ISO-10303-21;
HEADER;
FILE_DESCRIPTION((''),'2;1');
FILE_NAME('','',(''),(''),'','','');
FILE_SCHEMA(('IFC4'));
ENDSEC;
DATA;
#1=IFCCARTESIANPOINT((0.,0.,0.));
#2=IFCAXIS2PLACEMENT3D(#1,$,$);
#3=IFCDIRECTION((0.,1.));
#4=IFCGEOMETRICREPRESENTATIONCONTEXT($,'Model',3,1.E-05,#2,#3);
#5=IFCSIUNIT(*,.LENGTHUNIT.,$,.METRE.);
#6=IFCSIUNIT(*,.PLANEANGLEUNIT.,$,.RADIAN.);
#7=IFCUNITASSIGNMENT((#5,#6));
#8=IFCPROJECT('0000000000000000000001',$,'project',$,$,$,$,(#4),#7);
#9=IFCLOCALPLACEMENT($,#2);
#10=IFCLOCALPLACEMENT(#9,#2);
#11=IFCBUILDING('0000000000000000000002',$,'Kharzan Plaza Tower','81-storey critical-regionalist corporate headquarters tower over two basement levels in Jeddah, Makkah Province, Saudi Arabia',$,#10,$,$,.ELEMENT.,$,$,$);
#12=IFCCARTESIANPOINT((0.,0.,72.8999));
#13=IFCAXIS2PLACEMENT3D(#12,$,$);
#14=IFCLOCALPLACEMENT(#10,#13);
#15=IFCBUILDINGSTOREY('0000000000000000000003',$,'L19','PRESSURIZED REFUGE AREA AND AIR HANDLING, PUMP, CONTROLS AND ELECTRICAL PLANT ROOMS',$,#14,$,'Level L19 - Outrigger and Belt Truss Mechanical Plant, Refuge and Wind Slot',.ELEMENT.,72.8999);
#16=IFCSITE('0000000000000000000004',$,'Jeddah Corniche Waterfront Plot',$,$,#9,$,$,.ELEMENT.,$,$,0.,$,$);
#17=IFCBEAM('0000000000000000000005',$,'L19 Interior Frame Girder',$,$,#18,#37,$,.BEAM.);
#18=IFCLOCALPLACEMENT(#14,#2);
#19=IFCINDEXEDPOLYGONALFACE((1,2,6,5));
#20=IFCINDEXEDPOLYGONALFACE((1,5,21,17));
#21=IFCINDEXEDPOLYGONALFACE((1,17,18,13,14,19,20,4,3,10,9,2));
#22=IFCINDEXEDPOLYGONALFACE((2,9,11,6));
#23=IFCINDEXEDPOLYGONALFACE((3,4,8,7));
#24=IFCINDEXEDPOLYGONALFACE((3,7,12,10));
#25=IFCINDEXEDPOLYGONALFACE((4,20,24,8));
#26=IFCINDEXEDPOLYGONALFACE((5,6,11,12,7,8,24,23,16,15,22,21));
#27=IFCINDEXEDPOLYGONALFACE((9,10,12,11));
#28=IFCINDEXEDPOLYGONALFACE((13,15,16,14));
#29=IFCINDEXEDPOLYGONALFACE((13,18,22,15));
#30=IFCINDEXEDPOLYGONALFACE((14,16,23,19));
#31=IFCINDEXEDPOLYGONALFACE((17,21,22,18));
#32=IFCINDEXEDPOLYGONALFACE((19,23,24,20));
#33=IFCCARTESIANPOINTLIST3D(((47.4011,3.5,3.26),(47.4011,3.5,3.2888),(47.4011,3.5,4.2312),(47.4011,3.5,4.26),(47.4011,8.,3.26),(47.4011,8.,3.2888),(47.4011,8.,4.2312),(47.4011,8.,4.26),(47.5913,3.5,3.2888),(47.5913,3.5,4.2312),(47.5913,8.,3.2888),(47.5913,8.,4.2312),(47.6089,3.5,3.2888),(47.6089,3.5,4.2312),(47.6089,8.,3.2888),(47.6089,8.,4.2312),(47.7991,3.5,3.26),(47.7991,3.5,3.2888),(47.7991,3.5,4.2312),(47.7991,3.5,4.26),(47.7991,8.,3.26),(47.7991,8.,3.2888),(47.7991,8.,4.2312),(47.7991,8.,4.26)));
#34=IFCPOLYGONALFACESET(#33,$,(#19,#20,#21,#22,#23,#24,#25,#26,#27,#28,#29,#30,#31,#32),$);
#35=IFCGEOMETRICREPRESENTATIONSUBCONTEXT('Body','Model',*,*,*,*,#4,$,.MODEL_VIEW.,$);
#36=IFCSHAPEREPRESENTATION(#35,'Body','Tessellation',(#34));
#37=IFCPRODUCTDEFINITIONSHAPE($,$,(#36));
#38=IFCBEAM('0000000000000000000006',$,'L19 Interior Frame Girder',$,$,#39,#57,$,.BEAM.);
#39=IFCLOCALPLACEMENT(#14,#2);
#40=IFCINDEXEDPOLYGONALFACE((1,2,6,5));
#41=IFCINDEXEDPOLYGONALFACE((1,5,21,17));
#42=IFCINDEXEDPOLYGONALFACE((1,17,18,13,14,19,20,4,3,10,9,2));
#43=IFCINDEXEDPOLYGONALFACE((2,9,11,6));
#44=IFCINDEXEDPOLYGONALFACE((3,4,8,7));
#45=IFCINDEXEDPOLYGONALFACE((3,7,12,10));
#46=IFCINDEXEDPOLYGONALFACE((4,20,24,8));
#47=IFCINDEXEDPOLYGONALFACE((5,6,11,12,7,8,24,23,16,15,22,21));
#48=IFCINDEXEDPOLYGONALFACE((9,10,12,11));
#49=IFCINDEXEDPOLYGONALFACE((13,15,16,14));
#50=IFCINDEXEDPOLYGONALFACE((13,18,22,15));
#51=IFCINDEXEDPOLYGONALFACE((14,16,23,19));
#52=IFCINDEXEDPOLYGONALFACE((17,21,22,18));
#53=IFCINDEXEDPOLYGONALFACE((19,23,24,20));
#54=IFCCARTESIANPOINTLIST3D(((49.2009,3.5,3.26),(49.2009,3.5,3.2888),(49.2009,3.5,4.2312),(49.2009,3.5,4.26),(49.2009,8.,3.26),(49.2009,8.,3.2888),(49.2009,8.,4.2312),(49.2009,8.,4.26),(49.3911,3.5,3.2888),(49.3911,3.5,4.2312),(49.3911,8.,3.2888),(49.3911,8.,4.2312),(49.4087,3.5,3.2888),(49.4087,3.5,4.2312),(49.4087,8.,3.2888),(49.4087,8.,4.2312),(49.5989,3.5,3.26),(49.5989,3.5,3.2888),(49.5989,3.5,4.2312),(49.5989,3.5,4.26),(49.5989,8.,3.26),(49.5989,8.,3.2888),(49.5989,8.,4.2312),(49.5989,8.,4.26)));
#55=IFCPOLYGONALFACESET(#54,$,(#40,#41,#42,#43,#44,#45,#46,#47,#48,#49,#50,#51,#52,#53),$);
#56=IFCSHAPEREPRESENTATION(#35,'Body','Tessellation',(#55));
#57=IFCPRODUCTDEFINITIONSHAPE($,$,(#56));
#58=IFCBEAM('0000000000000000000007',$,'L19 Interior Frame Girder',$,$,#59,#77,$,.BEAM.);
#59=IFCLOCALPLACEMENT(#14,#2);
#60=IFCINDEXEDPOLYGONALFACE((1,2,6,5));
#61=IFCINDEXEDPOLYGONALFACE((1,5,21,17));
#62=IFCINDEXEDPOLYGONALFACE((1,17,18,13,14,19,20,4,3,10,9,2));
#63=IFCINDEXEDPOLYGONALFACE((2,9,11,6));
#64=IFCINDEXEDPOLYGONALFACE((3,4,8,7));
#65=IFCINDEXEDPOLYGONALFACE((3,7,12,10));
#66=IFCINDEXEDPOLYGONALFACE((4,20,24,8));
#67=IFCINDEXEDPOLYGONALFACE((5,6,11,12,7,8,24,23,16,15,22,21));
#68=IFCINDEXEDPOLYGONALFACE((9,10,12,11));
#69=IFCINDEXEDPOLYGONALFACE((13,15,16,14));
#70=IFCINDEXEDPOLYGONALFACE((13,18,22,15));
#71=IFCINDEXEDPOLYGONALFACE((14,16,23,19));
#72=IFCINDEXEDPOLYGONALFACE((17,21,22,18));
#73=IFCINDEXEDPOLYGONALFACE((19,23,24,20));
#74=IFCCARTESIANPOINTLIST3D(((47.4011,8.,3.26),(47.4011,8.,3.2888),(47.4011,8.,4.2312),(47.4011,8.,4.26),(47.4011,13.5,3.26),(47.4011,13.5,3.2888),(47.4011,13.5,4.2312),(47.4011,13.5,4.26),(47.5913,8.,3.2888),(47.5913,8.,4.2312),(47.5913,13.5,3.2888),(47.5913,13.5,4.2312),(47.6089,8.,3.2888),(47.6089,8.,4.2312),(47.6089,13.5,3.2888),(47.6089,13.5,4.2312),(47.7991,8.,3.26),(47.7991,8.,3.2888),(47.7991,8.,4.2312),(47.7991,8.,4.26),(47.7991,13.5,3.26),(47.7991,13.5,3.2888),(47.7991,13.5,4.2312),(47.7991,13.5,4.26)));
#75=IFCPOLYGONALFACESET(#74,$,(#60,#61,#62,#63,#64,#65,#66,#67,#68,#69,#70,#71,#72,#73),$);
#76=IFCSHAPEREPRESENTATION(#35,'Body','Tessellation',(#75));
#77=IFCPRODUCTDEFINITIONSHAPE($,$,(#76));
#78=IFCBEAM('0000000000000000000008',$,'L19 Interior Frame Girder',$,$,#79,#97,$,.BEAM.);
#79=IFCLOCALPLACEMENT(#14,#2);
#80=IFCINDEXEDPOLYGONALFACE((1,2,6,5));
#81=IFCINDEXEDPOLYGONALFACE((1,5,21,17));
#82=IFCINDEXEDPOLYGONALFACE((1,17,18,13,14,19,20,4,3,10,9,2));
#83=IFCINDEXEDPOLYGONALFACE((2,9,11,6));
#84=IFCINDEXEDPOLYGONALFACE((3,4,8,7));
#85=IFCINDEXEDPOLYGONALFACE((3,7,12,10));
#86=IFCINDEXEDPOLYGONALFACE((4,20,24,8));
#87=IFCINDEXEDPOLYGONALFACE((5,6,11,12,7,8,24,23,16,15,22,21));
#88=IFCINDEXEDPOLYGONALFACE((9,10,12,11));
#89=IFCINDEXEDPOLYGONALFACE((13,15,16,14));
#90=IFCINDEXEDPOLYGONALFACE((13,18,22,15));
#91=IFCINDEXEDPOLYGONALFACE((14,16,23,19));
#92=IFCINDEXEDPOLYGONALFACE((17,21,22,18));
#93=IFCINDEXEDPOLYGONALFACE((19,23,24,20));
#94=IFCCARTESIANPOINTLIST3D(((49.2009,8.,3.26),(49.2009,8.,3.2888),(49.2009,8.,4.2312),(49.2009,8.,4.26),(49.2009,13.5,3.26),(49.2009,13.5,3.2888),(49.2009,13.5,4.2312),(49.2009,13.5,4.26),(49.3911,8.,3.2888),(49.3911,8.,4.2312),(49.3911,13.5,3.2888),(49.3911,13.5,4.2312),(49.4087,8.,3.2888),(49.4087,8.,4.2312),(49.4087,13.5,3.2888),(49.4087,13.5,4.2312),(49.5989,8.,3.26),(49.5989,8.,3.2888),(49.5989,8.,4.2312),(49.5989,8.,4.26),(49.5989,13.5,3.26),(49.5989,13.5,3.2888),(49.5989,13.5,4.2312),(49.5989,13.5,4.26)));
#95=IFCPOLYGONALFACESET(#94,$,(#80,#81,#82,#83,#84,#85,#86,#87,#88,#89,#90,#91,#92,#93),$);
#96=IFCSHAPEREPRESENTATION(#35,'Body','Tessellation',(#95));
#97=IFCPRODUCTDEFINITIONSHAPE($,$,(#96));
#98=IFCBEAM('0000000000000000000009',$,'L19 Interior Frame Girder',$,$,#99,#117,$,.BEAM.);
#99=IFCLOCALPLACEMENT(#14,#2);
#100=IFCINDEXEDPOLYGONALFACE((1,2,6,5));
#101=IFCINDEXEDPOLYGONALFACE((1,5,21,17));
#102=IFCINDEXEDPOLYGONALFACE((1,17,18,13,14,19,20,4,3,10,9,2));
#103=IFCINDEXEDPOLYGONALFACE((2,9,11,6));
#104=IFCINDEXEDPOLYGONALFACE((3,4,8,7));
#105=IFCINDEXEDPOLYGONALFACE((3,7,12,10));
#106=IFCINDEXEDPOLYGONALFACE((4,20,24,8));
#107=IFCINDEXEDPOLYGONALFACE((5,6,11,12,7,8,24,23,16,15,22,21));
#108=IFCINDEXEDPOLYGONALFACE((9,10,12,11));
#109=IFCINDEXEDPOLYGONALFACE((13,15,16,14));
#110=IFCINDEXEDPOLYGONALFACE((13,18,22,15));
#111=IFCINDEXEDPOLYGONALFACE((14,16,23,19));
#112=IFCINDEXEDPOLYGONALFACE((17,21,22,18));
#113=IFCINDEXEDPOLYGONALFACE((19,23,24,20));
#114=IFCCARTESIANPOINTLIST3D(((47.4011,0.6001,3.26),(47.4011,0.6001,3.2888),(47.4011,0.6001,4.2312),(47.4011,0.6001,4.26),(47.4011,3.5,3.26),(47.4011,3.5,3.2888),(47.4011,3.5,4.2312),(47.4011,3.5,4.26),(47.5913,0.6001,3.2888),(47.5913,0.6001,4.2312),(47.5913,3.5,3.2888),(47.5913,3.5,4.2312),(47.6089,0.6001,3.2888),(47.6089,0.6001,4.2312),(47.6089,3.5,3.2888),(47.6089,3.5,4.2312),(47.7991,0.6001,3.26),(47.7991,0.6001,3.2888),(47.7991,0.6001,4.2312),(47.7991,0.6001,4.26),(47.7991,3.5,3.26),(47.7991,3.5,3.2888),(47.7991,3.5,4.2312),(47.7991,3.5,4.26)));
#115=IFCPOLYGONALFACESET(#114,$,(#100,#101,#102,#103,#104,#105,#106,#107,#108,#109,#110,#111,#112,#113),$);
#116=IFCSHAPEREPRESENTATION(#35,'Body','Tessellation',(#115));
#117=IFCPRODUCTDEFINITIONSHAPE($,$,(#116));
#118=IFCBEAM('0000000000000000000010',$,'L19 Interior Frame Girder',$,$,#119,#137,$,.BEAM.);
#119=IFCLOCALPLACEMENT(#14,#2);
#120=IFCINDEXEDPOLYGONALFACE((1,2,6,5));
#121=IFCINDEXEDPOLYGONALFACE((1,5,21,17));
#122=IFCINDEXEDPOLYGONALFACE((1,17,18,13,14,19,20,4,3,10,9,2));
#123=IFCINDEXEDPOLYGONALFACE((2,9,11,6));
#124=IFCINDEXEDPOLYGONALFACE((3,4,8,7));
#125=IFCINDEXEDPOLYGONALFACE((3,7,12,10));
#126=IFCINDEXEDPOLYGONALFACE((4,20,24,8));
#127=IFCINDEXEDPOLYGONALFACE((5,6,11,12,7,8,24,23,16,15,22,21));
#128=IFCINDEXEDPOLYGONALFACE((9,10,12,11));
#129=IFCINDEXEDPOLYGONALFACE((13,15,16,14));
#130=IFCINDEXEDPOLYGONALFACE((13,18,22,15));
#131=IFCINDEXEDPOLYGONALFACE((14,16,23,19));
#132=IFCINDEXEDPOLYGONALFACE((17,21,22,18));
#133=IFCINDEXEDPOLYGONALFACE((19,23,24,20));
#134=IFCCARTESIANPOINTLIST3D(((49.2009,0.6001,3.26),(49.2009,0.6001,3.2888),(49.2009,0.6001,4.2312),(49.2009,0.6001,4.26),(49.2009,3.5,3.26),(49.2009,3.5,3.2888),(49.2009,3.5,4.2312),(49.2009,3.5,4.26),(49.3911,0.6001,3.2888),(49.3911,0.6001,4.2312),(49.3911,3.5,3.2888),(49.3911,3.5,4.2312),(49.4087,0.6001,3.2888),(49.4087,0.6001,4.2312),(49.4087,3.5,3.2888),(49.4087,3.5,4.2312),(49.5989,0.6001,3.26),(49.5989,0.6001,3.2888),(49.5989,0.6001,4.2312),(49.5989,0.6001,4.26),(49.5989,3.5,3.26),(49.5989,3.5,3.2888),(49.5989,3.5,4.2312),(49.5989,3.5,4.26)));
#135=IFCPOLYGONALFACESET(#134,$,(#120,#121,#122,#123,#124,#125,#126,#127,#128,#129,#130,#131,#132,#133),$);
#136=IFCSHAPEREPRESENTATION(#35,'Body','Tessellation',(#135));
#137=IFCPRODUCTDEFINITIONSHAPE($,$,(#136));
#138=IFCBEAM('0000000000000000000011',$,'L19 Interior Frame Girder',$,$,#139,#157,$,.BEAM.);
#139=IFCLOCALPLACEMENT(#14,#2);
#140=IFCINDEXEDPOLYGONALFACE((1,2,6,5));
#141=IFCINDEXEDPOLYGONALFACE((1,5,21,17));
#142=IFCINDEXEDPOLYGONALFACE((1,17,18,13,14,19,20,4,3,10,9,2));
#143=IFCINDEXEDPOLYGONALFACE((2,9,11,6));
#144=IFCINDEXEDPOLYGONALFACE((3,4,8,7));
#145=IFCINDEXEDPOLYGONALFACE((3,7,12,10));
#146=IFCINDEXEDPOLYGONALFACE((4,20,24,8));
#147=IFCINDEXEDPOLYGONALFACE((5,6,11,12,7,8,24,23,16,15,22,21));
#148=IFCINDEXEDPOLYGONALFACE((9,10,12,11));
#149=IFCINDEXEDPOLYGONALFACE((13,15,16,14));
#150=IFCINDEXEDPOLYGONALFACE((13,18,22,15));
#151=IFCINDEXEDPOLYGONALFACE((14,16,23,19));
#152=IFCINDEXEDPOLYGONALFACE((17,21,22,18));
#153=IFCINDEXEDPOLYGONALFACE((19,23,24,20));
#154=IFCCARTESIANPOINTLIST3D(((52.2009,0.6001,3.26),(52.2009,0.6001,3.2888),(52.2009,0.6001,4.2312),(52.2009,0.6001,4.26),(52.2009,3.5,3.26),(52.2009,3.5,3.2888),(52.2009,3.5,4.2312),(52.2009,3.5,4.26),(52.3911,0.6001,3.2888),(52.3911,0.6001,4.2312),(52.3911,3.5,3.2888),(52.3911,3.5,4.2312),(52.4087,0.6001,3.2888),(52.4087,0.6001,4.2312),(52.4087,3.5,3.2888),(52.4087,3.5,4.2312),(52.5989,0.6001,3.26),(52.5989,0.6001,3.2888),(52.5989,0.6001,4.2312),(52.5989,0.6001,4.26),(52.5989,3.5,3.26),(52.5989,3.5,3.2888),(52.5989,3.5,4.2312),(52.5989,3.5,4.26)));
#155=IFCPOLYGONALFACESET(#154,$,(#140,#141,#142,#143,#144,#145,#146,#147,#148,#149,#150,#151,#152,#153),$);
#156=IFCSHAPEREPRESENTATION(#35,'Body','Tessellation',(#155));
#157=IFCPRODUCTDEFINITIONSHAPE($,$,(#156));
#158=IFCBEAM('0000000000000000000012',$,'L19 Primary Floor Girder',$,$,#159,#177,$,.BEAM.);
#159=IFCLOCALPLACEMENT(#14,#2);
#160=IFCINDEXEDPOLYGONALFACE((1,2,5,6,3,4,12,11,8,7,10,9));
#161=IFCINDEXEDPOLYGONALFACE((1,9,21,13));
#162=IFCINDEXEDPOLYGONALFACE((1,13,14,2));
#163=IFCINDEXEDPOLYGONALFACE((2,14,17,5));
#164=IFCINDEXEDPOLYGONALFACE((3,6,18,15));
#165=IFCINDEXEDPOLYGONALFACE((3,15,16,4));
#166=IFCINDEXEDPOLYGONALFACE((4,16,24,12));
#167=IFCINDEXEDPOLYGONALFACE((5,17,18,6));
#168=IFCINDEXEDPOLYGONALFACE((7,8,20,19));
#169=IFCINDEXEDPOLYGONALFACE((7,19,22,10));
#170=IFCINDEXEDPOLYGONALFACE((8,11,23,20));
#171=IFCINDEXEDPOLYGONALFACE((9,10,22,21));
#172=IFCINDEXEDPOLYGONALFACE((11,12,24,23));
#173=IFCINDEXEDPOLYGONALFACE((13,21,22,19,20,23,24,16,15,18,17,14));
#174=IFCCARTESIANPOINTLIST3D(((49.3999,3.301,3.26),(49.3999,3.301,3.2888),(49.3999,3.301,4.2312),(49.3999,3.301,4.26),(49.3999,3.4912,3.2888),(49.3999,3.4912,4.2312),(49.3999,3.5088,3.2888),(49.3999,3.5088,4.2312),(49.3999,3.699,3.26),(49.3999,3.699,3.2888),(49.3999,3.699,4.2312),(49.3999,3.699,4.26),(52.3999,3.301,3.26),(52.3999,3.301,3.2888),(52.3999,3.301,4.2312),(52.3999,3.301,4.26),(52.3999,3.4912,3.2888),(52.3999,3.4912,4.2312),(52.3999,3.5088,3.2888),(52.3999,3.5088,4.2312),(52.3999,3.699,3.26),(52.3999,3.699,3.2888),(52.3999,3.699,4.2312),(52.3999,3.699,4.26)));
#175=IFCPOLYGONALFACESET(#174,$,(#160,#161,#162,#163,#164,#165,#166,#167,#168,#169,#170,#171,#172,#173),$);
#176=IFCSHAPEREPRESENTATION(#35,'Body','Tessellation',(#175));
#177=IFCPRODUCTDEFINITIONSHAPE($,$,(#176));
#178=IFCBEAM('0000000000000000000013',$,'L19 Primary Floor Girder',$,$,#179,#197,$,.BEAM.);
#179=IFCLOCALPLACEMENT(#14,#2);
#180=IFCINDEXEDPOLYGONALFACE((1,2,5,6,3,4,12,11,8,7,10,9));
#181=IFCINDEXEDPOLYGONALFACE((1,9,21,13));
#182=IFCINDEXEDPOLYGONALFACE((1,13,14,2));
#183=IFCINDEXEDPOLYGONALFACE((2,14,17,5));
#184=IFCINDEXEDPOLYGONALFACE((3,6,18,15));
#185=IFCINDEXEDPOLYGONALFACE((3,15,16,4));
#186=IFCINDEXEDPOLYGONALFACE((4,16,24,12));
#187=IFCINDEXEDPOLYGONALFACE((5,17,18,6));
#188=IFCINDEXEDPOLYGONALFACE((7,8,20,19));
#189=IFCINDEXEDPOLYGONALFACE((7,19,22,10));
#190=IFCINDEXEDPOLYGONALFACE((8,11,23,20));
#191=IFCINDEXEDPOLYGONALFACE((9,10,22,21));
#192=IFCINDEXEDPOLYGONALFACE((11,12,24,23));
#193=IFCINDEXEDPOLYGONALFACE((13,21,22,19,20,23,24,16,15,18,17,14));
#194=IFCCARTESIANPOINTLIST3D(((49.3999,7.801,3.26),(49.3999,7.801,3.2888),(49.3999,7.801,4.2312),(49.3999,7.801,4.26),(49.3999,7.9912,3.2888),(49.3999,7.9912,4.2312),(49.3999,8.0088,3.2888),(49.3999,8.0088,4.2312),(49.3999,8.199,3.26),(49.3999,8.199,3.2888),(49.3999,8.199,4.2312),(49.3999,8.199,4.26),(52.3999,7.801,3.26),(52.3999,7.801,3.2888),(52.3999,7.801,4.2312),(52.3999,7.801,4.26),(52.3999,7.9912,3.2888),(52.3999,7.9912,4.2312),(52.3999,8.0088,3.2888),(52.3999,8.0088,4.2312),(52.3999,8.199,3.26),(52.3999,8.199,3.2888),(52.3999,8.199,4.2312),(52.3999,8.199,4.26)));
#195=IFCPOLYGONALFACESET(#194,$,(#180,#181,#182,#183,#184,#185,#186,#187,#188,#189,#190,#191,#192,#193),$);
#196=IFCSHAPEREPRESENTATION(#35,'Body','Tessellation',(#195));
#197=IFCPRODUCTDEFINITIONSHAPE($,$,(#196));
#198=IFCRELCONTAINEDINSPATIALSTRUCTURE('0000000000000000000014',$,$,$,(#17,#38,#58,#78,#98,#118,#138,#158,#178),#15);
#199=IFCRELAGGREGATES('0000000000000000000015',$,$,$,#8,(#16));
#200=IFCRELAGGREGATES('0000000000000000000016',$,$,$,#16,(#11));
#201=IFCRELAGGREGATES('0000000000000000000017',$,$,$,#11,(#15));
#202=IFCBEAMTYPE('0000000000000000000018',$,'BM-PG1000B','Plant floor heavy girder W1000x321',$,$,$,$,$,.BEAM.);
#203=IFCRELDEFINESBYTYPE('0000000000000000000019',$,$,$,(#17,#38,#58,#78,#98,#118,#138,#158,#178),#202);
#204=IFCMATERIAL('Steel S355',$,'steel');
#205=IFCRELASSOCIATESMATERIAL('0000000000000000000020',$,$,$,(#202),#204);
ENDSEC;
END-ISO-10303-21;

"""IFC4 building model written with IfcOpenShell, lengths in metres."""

from ifc_helpers import new_model, si_unit, direction, frame, origin, origin_2d, place, context, subcontext, project, spatial, i_section, extrude, source, transform, mapped, material, material_profile, profile_set, type_object, element, save


model = new_model("IFC4")

# Units and contexts
model_context = context("Model", 3, precision=1e-05, world=origin(), true_north=direction((0.0, 1.0)))
body_context = subcontext(model_context, "Body", "Model", "MODEL_VIEW")
ifc_project = project(units=[si_unit("LENGTHUNIT", "METRE"), si_unit("PLANEANGLEUNIT", "RADIAN")], contexts=[model_context])

# Site, building, storey
site_placement = place(None, origin())
site = spatial("IfcSite", under=ifc_project, at=site_placement, Name="Jeddah Corniche Waterfront Plot", CompositionType="ELEMENT", RefElevation=0.0)
building_placement = place(site_placement, origin())
building = spatial("IfcBuilding", under=site, at=building_placement, Name="Kharzan Plaza Tower", Description="81-storey critical-regionalist corporate headquarters tower over two basement levels in Jeddah, Makkah Province, Saudi Arabia", CompositionType="ELEMENT")
storey_placement = place(building_placement, frame((0.0, 0.0, 72.8999)))
storey = spatial("IfcBuildingStorey", under=building, at=storey_placement, Name="L19", Description="PRESSURIZED REFUGE AREA AND AIR HANDLING, PUMP, CONTROLS AND ELECTRICAL PLANT ROOMS", LongName="Level L19 - Outrigger and Belt Truss Mechanical Plant, Refuge and Wind Slot", CompositionType="ELEMENT", Elevation=72.8999)

# Beams
ifc_material_1 = material(Name="Steel S355", Category="steel")
ifc_material_profile_1 = material_profile(ifc_material_1, i_section(OverallWidth=0.3979, OverallDepth=1.0, WebThickness=0.0176, FlangeThickness=0.0288, at=origin_2d()), Name="W1000x321")
ifc_profile_set_1 = profile_set([ifc_material_profile_1], Name="Steel S355")
beam_type_1 = type_object("IfcBeamType", Name="BM-PG1000B", Description="Plant floor heavy girder W1000x321", PredefinedType="BEAM", material=ifc_profile_set_1)
shared_shape_1 = source(origin(), body_context, "Body", "SweptSolid", [
    extrude(i_section(OverallWidth=0.3979, OverallDepth=1.0, WebThickness=0.0176, FlangeThickness=0.0288, at=origin_2d()), origin(), (0.0, 0.0, 1.0), 4.5),
])
for number, where, z_axis, x_axis, name in (
    (1, (47.6001, 3.5, 3.76), (0.0, 1.0, 0.0), (-1.0, 0.0, 0.0), "L19 Interior Frame Girder"),
    (2, (49.3999, 3.5, 3.76), (0.0, 1.0, 0.0), (-1.0, 0.0, 0.0), "L19 Interior Frame Girder"),
):
    element("IfcBeam", number, at=place(storey_placement, frame(where, z_axis=z_axis, x_axis=x_axis)), inside=storey, type_object=beam_type_1, Name=name, PredefinedType="BEAM", context=body_context, shape_type="MappedRepresentation", body=[
        mapped(shared_shape_1, transform((0.0, 0.0, 0.0), x_axis=(1.0, 0.0, 0.0), y_axis=(0.0, 1.0, 0.0), z_axis=(0.0, 0.0, 1.0))),
    ])
shared_shape_2 = source(origin(), body_context, "Body", "SweptSolid", [
    extrude(i_section(OverallWidth=0.3979, OverallDepth=1.0, WebThickness=0.0176, FlangeThickness=0.0288, at=origin_2d()), origin(), (0.0, 0.0, 1.0), 5.5),
])
for number, where, z_axis, x_axis, name in (
    (3, (47.6001, 8.0, 3.76), (0.0, 1.0, 0.0), (-1.0, 0.0, 0.0), "L19 Interior Frame Girder"),
    (4, (49.3999, 8.0, 3.76), (0.0, 1.0, 0.0), (-1.0, 0.0, 0.0), "L19 Interior Frame Girder"),
):
    element("IfcBeam", number, at=place(storey_placement, frame(where, z_axis=z_axis, x_axis=x_axis)), inside=storey, type_object=beam_type_1, Name=name, PredefinedType="BEAM", context=body_context, shape_type="MappedRepresentation", body=[
        mapped(shared_shape_2, transform((0.0, 0.0, 0.0), x_axis=(1.0, 0.0, 0.0), y_axis=(0.0, 1.0, 0.0), z_axis=(0.0, 0.0, 1.0))),
    ])
shared_shape_3 = source(origin(), body_context, "Body", "SweptSolid", [
    extrude(i_section(OverallWidth=0.3979, OverallDepth=1.0, WebThickness=0.0176, FlangeThickness=0.0288, at=origin_2d()), origin(), (0.0, 0.0, 1.0), 2.8999),
])
for number, where, z_axis, x_axis, name in (
    (5, (47.6001, 0.6001, 3.76), (0.0, 1.0, 0.0), (-1.0, 0.0, 0.0), "L19 Interior Frame Girder"),
    (6, (49.3999, 0.6001, 3.76), (0.0, 1.0, 0.0), (-1.0, 0.0, 0.0), "L19 Interior Frame Girder"),
    (7, (52.3999, 0.6001, 3.76), (0.0, 1.0, 0.0), (-1.0, 0.0, 0.0), "L19 Interior Frame Girder"),
):
    element("IfcBeam", number, at=place(storey_placement, frame(where, z_axis=z_axis, x_axis=x_axis)), inside=storey, type_object=beam_type_1, Name=name, PredefinedType="BEAM", context=body_context, shape_type="MappedRepresentation", body=[
        mapped(shared_shape_3, transform((0.0, 0.0, 0.0), x_axis=(1.0, 0.0, 0.0), y_axis=(0.0, 1.0, 0.0), z_axis=(0.0, 0.0, 1.0))),
    ])
shared_shape_4 = source(origin(), body_context, "Body", "SweptSolid", [
    extrude(i_section(OverallWidth=0.3979, OverallDepth=1.0, WebThickness=0.0176, FlangeThickness=0.0288, at=origin_2d()), origin(), (0.0, 0.0, 1.0), 3.0),
])
for number, where, z_axis, x_axis, name in (
    (8, (49.3999, 3.5, 3.76), (1.0, 0.0, 0.0), (0.0, 1.0, 0.0), "L19 Primary Floor Girder"),
    (9, (49.3999, 8.0, 3.76), (1.0, 0.0, 0.0), (0.0, 1.0, 0.0), "L19 Primary Floor Girder"),
):
    element("IfcBeam", number, at=place(storey_placement, frame(where, z_axis=z_axis, x_axis=x_axis)), inside=storey, type_object=beam_type_1, Name=name, PredefinedType="BEAM", context=body_context, shape_type="MappedRepresentation", body=[
        mapped(shared_shape_4, transform((0.0, 0.0, 0.0), x_axis=(1.0, 0.0, 0.0), y_axis=(0.0, 1.0, 0.0), z_axis=(0.0, 0.0, 1.0))),
    ])

save(model, "model.ifc")
